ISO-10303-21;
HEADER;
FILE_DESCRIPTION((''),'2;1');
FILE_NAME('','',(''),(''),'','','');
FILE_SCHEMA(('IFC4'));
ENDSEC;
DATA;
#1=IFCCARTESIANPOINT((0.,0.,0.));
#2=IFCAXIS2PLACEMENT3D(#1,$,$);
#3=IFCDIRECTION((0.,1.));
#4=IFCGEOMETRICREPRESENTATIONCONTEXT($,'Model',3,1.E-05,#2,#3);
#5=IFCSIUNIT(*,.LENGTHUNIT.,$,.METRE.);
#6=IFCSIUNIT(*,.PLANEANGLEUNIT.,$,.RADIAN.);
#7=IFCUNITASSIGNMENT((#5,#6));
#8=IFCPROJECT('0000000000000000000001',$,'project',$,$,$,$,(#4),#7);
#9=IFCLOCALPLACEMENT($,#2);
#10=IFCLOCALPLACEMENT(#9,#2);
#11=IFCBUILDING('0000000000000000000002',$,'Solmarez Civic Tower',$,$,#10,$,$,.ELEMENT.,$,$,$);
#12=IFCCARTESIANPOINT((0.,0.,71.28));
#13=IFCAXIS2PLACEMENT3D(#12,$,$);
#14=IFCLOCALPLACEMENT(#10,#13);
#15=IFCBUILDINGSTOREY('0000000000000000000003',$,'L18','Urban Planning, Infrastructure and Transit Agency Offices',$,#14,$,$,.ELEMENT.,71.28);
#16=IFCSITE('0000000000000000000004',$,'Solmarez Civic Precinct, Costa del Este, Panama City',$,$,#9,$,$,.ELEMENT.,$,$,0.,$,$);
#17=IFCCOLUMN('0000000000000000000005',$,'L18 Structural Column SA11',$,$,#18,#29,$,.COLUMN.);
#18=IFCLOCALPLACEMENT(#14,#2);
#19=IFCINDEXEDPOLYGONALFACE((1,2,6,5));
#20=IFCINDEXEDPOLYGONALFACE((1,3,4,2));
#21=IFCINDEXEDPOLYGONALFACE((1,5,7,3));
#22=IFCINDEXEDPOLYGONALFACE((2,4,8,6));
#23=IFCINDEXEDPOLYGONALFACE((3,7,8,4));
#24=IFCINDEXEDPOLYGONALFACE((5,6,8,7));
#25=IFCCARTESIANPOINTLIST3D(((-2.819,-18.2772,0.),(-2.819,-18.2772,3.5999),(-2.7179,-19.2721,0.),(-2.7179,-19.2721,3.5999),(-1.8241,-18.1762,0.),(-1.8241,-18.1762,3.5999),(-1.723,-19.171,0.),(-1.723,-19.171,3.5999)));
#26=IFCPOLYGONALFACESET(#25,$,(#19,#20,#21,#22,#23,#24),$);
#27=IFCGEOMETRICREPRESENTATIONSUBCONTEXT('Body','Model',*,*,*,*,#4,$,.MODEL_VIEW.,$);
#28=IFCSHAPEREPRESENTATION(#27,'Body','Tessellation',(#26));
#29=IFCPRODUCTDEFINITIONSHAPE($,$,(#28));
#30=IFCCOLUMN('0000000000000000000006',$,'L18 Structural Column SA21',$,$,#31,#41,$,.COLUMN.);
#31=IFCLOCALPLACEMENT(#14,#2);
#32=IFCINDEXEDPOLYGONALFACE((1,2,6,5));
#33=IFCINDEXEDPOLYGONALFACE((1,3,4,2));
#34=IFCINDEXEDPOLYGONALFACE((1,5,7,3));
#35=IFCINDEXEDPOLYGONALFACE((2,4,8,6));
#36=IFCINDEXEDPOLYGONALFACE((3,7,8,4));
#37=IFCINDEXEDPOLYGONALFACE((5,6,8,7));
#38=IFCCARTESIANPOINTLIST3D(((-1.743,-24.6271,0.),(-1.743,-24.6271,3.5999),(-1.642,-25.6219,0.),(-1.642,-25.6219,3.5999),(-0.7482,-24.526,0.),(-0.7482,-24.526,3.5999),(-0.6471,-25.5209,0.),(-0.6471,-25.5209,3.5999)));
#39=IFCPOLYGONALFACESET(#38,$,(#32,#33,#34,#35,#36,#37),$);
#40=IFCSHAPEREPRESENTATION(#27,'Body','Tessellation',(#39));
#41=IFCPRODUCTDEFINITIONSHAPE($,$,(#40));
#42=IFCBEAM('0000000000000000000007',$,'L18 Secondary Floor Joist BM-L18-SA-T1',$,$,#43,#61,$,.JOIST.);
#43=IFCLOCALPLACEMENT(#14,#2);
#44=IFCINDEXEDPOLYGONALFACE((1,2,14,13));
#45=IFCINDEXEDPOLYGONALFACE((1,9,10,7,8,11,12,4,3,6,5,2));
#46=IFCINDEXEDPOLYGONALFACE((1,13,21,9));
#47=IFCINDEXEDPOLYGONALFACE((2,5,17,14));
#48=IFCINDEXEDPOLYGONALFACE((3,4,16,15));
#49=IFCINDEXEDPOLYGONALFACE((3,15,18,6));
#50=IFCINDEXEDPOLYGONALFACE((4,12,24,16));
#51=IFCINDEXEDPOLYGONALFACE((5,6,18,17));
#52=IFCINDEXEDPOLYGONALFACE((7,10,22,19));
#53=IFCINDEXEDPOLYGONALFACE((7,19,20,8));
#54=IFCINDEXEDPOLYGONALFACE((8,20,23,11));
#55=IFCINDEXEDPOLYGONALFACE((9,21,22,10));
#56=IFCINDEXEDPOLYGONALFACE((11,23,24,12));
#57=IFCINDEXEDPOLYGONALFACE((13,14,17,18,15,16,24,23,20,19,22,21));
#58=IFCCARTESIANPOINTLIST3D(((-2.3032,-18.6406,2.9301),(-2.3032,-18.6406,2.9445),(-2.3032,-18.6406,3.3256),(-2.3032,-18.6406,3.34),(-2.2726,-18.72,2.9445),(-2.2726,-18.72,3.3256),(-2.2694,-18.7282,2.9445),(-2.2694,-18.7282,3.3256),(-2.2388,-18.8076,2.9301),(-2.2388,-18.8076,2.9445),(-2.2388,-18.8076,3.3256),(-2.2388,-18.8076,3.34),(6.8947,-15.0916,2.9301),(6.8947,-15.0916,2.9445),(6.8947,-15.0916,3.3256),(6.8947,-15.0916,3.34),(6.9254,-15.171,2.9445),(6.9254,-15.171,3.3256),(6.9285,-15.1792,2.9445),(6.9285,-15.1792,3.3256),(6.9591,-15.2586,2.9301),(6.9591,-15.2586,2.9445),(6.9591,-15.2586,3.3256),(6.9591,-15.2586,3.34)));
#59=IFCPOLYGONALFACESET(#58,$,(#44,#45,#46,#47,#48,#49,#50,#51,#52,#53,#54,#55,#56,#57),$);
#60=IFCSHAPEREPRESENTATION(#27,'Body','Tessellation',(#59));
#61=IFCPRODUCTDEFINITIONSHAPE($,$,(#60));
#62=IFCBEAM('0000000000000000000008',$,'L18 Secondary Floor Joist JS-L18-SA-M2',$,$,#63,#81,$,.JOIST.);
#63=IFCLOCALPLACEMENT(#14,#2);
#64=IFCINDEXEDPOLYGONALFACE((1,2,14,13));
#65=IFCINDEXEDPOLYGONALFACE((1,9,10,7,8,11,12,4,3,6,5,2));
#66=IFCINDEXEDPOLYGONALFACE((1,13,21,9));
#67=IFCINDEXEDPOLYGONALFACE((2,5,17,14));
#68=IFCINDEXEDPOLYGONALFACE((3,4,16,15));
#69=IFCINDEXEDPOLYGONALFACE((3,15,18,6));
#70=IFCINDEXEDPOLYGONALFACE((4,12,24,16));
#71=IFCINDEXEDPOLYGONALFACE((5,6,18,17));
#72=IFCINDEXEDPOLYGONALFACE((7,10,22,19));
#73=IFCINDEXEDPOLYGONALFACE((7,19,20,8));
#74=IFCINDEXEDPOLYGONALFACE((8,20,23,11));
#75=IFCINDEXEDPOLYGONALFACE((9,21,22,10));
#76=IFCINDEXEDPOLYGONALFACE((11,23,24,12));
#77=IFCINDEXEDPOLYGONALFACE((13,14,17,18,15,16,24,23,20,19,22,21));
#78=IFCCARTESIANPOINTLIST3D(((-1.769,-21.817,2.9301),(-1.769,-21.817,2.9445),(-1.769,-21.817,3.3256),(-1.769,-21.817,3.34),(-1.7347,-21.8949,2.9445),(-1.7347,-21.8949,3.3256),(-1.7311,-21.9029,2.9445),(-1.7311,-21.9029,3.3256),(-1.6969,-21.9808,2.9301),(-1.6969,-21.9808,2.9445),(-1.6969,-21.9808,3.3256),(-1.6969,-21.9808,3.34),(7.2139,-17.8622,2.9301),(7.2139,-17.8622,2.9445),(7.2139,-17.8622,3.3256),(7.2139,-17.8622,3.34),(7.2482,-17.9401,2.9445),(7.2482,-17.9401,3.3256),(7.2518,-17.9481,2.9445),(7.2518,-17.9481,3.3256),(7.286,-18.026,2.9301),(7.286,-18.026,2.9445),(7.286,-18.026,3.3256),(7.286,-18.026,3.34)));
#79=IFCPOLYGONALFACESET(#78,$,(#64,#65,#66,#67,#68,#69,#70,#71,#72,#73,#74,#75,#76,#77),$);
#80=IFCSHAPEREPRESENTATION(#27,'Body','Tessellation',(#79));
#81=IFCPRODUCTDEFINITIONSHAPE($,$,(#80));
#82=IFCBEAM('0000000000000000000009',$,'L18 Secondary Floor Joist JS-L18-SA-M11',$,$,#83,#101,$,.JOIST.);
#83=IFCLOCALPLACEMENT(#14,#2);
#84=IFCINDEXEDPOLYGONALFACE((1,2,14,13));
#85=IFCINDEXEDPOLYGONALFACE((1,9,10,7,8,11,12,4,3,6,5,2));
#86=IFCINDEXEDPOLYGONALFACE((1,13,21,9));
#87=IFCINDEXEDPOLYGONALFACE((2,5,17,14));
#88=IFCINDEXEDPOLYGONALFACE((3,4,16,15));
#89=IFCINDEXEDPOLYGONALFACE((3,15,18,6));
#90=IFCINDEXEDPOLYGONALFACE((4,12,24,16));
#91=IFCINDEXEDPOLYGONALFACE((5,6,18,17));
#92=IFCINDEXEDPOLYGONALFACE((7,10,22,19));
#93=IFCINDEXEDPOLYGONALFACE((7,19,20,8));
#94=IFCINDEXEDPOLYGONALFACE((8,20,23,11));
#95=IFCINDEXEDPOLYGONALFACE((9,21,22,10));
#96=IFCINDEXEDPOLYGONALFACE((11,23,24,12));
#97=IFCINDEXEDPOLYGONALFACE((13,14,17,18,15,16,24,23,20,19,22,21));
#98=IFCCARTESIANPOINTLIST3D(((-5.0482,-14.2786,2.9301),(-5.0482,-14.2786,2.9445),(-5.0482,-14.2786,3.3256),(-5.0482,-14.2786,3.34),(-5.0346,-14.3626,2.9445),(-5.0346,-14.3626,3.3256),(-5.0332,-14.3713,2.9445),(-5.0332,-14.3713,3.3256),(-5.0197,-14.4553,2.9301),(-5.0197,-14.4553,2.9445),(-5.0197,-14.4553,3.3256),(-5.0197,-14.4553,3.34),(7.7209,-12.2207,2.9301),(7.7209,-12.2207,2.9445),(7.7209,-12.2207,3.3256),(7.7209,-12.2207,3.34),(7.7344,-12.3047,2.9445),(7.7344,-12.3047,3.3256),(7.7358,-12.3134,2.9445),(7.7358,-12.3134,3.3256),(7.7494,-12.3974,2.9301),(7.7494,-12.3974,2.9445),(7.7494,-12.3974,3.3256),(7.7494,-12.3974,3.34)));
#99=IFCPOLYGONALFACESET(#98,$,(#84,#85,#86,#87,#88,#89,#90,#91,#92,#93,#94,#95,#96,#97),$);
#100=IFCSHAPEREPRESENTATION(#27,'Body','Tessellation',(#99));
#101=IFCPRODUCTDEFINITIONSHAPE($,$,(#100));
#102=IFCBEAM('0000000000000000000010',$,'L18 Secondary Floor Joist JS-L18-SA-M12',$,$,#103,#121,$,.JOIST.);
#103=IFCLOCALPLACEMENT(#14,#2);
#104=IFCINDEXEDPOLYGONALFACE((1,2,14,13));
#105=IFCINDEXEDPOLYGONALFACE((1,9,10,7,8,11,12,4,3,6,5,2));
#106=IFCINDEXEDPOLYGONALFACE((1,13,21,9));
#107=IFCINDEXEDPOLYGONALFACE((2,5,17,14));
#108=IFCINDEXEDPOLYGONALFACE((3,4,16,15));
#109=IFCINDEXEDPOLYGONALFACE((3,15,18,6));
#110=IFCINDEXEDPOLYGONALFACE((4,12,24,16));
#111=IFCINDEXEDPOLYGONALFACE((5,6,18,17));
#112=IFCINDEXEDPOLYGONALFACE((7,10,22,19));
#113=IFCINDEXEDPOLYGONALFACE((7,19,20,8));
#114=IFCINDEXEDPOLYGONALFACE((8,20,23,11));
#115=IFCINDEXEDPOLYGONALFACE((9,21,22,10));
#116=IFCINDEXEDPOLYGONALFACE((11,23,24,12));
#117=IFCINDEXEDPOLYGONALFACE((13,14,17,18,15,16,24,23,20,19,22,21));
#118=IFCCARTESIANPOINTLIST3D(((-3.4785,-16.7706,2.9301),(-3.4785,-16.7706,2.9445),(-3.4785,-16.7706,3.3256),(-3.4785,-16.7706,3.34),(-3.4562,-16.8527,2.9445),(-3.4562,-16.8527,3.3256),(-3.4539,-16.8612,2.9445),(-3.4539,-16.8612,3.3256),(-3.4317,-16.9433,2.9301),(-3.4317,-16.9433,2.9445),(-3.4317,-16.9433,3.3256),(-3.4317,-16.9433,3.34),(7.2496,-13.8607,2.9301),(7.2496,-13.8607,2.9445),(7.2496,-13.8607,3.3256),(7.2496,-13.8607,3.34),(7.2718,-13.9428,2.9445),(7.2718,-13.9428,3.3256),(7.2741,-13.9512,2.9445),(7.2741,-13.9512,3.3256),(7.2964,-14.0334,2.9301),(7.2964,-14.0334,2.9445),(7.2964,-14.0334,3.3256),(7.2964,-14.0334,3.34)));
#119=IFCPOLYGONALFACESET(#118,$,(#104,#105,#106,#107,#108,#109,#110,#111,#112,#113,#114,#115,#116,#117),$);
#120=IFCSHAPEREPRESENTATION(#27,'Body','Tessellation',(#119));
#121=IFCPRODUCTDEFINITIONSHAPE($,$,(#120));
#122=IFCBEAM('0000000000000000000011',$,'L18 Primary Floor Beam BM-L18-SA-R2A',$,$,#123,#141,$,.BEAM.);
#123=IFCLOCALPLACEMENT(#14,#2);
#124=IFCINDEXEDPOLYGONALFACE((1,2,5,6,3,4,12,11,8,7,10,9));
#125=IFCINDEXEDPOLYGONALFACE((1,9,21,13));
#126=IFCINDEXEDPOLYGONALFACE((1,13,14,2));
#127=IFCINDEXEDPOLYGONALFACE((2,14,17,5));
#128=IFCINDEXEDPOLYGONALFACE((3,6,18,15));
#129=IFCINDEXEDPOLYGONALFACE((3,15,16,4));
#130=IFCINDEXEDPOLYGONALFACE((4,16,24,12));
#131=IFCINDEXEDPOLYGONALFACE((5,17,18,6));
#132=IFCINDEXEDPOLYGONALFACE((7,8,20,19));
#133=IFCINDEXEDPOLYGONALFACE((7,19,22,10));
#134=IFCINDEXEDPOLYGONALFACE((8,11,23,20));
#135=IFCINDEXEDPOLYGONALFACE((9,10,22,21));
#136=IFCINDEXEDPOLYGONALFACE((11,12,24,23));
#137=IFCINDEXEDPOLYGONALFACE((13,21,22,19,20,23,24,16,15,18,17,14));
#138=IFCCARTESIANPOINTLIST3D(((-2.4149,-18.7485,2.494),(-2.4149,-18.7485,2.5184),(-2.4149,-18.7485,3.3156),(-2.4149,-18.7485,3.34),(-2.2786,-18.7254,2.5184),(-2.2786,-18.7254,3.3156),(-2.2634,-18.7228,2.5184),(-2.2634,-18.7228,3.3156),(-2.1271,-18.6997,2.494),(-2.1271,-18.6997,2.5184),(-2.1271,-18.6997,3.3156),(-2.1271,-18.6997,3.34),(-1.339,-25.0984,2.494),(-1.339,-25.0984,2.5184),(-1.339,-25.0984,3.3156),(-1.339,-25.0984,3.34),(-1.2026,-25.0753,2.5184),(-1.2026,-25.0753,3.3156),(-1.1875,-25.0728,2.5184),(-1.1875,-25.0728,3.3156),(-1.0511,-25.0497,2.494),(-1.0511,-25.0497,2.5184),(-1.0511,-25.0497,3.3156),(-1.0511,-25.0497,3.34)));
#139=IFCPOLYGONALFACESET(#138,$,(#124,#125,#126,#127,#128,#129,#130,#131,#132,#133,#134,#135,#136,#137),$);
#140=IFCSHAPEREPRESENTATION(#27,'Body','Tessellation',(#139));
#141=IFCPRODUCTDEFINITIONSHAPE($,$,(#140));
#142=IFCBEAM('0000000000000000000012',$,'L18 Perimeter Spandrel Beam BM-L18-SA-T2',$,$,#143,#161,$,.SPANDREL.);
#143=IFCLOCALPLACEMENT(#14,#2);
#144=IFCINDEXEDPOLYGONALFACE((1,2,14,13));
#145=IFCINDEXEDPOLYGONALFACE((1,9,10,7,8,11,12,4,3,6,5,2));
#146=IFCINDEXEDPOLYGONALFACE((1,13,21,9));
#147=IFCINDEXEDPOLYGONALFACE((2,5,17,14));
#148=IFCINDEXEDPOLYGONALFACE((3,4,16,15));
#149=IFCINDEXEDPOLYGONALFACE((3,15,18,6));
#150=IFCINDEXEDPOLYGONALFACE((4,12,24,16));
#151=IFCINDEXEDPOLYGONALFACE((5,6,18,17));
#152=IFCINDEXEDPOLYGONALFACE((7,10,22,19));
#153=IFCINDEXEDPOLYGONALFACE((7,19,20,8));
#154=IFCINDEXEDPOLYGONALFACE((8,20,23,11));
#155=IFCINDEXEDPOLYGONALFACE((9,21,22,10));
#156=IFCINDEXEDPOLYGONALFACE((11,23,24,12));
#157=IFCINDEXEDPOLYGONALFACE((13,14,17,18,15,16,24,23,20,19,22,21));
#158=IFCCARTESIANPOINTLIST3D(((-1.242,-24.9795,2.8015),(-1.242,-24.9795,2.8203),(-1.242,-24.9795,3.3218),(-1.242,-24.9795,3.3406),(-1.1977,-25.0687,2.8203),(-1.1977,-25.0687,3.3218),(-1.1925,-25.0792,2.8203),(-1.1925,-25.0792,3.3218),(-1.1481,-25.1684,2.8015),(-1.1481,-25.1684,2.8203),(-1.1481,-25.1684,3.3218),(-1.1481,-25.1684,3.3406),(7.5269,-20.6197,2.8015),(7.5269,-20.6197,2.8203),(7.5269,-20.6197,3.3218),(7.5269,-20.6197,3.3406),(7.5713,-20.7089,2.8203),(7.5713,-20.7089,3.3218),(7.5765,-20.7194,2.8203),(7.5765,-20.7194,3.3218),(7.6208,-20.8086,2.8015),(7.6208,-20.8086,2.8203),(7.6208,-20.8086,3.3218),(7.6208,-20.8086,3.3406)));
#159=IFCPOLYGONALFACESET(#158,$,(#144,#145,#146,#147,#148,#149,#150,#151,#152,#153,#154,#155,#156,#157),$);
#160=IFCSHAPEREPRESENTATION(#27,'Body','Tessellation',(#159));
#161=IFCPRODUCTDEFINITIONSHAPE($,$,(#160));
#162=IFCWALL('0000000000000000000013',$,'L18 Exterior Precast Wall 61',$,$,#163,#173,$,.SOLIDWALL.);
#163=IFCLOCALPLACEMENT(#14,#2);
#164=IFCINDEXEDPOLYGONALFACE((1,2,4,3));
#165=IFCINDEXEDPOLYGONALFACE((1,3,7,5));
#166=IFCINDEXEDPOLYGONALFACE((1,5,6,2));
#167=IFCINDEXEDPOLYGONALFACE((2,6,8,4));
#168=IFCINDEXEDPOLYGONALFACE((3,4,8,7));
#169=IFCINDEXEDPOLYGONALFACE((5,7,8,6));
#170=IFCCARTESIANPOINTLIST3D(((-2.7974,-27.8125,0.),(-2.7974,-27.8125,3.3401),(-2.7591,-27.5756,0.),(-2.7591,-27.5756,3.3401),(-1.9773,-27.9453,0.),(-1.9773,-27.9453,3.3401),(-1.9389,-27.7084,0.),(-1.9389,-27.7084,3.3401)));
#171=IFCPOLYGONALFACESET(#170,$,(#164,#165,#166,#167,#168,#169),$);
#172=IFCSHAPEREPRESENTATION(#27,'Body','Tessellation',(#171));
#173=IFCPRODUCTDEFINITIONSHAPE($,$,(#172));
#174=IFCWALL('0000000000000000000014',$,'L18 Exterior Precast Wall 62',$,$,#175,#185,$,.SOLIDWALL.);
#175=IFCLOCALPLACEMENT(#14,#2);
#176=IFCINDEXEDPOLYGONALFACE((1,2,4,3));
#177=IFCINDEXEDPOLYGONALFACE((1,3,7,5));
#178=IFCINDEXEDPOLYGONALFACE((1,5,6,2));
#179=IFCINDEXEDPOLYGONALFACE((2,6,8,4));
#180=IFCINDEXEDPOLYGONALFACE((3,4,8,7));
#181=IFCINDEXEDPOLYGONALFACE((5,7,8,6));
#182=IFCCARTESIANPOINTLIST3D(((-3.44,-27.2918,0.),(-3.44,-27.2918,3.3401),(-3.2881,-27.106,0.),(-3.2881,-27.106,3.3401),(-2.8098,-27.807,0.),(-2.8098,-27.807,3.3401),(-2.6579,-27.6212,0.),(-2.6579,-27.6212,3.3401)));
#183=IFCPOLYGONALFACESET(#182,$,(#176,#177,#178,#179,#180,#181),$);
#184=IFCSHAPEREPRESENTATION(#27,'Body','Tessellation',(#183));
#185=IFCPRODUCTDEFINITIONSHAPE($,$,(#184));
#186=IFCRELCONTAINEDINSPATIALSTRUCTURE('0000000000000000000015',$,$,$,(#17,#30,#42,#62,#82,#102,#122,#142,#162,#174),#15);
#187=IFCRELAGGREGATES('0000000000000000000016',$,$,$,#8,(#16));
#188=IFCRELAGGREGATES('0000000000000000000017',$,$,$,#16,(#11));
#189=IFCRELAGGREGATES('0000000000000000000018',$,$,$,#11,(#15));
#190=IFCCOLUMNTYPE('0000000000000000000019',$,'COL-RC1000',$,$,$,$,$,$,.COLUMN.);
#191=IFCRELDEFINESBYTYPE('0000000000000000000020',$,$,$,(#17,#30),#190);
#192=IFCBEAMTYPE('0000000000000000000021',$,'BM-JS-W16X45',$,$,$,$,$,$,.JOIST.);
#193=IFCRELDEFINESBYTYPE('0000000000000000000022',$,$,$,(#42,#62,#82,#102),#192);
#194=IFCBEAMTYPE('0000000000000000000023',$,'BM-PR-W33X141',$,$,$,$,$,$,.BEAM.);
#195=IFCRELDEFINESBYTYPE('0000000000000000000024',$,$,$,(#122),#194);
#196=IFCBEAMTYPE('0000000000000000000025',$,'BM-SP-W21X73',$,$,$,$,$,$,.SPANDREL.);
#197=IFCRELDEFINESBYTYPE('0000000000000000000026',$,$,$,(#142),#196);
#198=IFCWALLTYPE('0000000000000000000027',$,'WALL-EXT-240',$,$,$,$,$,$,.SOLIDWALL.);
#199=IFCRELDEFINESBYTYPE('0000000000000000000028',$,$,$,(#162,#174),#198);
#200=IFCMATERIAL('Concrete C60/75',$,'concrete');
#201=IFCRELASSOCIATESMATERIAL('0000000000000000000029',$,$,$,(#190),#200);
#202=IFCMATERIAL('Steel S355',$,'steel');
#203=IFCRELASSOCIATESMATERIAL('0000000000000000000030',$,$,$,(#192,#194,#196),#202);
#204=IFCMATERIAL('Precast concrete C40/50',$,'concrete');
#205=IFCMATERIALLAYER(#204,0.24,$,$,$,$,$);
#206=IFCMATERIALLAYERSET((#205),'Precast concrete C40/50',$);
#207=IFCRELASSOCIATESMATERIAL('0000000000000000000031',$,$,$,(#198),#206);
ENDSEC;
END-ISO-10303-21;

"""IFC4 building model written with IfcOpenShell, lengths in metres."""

from ifc_helpers import new_model, si_unit, direction, frame, frame_2d, origin, origin_2d, place, context, subcontext, project, spatial, rectangle, i_section, extrude, material, layer, layer_set, material_profile, profile_set, type_object, element, save


model = new_model("IFC4")

# Units and contexts
model_context = context("Model", 3, precision=1e-05, world=origin(), true_north=direction((0.0, 1.0)))
body_context = subcontext(model_context, "Body", "Model", "MODEL_VIEW")
ifc_project = project(units=[si_unit("LENGTHUNIT", "METRE"), si_unit("PLANEANGLEUNIT", "RADIAN")], contexts=[model_context])

# Site, building, storey
site_placement = place(None, origin())
site = spatial("IfcSite", under=ifc_project, at=site_placement, Name="Solmarez Civic Precinct, Costa del Este, Panama City", CompositionType="ELEMENT", RefElevation=0.0)
building_placement = place(site_placement, origin())
building = spatial("IfcBuilding", under=site, at=building_placement, Name="Solmarez Civic Tower", CompositionType="ELEMENT")
storey_placement = place(building_placement, frame((0.0, 0.0, 71.28)))
storey = spatial("IfcBuildingStorey", under=building, at=storey_placement, Name="L18", Description="Urban Planning, Infrastructure and Transit Agency Offices", CompositionType="ELEMENT", Elevation=71.28)

# Columns
ifc_material_1 = material(Name="Concrete C60/75", Category="concrete")
ifc_material_profile_1 = material_profile(ifc_material_1, rectangle(XDim=1.0, YDim=1.0, at=origin_2d()), Name="RC1000X1000")
ifc_profile_set_1 = profile_set([ifc_material_profile_1], Name="Concrete C60/75")
column_type = type_object("IfcColumnType", Name="COL-RC1000", PredefinedType="COLUMN", material=ifc_profile_set_1)
for number, where, z_axis, x_axis, name in (
    (1, (-2.271, -18.7241, 0.0), (0.0, 0.0, 1.0), (0.994881, 0.101056, 0.0), "L18 Structural Column SA11"),
    (2, (-1.1951, -25.074, 0.0), (0.0, 0.0, 1.0), (0.994881, 0.101056, 0.0), "L18 Structural Column SA21"),
):
    element("IfcColumn", number, at=place(storey_placement, frame(where, z_axis=z_axis, x_axis=x_axis)), inside=storey, type_object=column_type, Name=name, PredefinedType="COLUMN", context=body_context, shape_type="SweptSolid", body=[
        extrude(rectangle(XDim=1.0, YDim=1.0, at=origin_2d()), origin(), (0.0, 0.0, 1.0), 3.5999),
    ])

# Beams
ifc_material_2 = material(Name="Steel S355", Category="steel")
ifc_material_profile_2 = material_profile(ifc_material_2, i_section(OverallWidth=0.179, OverallDepth=0.4099, WebThickness=0.0088, FlangeThickness=0.0144, at=origin_2d()), Name="W16X45")
ifc_profile_set_2 = profile_set([ifc_material_profile_2], Name="Steel S355")
beam_type_1 = type_object("IfcBeamType", Name="BM-JS-W16X45", PredefinedType="JOIST", material=ifc_profile_set_2)
beam_1_placement = place(storey_placement, frame((-2.271, -18.7241, 3.135), z_axis=(0.932958, 0.359984, 0.0), x_axis=(-0.359984, 0.932958, 0.0)))
element("IfcBeam", 3, at=beam_1_placement, inside=storey, type_object=beam_type_1, Name="L18 Secondary Floor Joist BM-L18-SA-T1", PredefinedType="JOIST", context=body_context, shape_type="SweptSolid", body=[
    extrude(i_section(OverallWidth=0.179, OverallDepth=0.4099, WebThickness=0.0088, FlangeThickness=0.0144, at=origin_2d()), origin(), (0.0, 0.0, 1.0), 9.8589),
])
beam_2_placement = place(storey_placement, frame((-1.7329, -21.8989, 3.135), z_axis=(0.915227, 0.402939, 0.0), x_axis=(-0.402939, 0.915227, 0.0)))
element("IfcBeam", 4, at=beam_2_placement, inside=storey, type_object=beam_type_1, Name="L18 Secondary Floor Joist JS-L18-SA-M2", PredefinedType="JOIST", context=body_context, shape_type="SweptSolid", body=[
    extrude(i_section(OverallWidth=0.179, OverallDepth=0.4099, WebThickness=0.0088, FlangeThickness=0.0144, at=origin_2d()), origin(), (0.0, 0.0, 1.0), 9.8149),
])
beam_3_placement = place(storey_placement, frame((-5.0339, -14.3669, 3.135), z_axis=(0.987261, 0.159107, 0.0), x_axis=(-0.159107, 0.987261, 0.0)))
element("IfcBeam", 5, at=beam_3_placement, inside=storey, type_object=beam_type_1, Name="L18 Secondary Floor Joist JS-L18-SA-M11", PredefinedType="JOIST", context=body_context, shape_type="SweptSolid", body=[
    extrude(i_section(OverallWidth=0.179, OverallDepth=0.4099, WebThickness=0.0088, FlangeThickness=0.0144, at=origin_2d()), origin(), (0.0, 0.0, 1.0), 12.9338),
])
beam_4_placement = place(storey_placement, frame((-3.4551, -16.8569, 3.135), z_axis=(0.965126, 0.261785, 0.0), x_axis=(-0.261785, 0.965126, 0.0)))
element("IfcBeam", 6, at=beam_4_placement, inside=storey, type_object=beam_type_1, Name="L18 Secondary Floor Joist JS-L18-SA-M12", PredefinedType="JOIST", context=body_context, shape_type="SweptSolid", body=[
    extrude(i_section(OverallWidth=0.179, OverallDepth=0.4099, WebThickness=0.0088, FlangeThickness=0.0144, at=origin_2d()), origin(), (0.0, 0.0, 1.0), 11.1157),
])
ifc_material_profile_3 = material_profile(ifc_material_2, i_section(OverallWidth=0.292, OverallDepth=0.8459, WebThickness=0.0154, FlangeThickness=0.0244, at=origin_2d()), Name="W33X141")
ifc_profile_set_3 = profile_set([ifc_material_profile_3], Name="Steel S355")
beam_type_2 = type_object("IfcBeamType", Name="BM-PR-W33X141", PredefinedType="BEAM", material=ifc_profile_set_3)
beam_5_placement = place(storey_placement, frame((-2.271, -18.7241, 2.917), z_axis=(0.16706, -0.985947, 0.0), x_axis=(0.985947, 0.16706, 0.0)))
element("IfcBeam", 7, at=beam_5_placement, inside=storey, type_object=beam_type_2, Name="L18 Primary Floor Beam BM-L18-SA-R2A", PredefinedType="BEAM", context=body_context, shape_type="SweptSolid", body=[
    extrude(i_section(OverallWidth=0.292, OverallDepth=0.8459, WebThickness=0.0154, FlangeThickness=0.0244, at=origin_2d()), origin(), (0.0, 0.0, 1.0), 6.4404),
])
ifc_material_profile_4 = material_profile(ifc_material_2, i_section(OverallWidth=0.2109, OverallDepth=0.5391, WebThickness=0.0117, FlangeThickness=0.0188, at=origin_2d()), Name="W21X73")
ifc_profile_set_4 = profile_set([ifc_material_profile_4], Name="Steel S355")
beam_type_3 = type_object("IfcBeamType", Name="BM-SP-W21X73", PredefinedType="SPANDREL", material=ifc_profile_set_4)
beam_6_placement = place(storey_placement, frame((-1.1951, -25.074, 3.071), z_axis=(0.895432, 0.445198, 0.0), x_axis=(-0.445198, 0.895432, 0.0)))
element("IfcBeam", 8, at=beam_6_placement, inside=storey, type_object=beam_type_3, Name="L18 Perimeter Spandrel Beam BM-L18-SA-T2", PredefinedType="SPANDREL", context=body_context, shape_type="SweptSolid", body=[
    extrude(i_section(OverallWidth=0.2109, OverallDepth=0.5391, WebThickness=0.0117, FlangeThickness=0.0188, at=origin_2d()), origin(), (0.0, 0.0, 1.0), 9.793),
])

# Walls
ifc_material_3 = material(Name="Precast concrete C40/50", Category="concrete")
ifc_layer_1 = layer(ifc_material_3, 0.24)
ifc_layer_set_1 = layer_set([ifc_layer_1], Name="Precast concrete C40/50")
wall_type_1 = type_object("IfcWallType", Name="WALL-EXT-240", PredefinedType="SOLIDWALL", material=ifc_layer_set_1)
wall_1_placement = place(storey_placement, frame((-1.958, -27.8269, 0.0), z_axis=(0.0, 0.0, 1.0), x_axis=(-0.987138, 0.15987, 0.0)))
element("IfcWall", 9, at=wall_1_placement, inside=storey, type_object=wall_type_1, Name="L18 Exterior Precast Wall 61", PredefinedType="SOLIDWALL", context=body_context, shape_type="SweptSolid", body=[
    extrude(rectangle(XDim=0.8308, YDim=0.24, at=frame_2d((0.4155, 0.0))), origin(), (0.0, 0.0, 1.0), 3.3401),
])
wall_2_placement = place(storey_placement, frame((-2.7339, -27.7141, 0.0), z_axis=(0.0, 0.0, 1.0), x_axis=(-0.774211, 0.632927, 0.0)))
element("IfcWall", 10, at=wall_2_placement, inside=storey, type_object=wall_type_1, Name="L18 Exterior Precast Wall 62", PredefinedType="SOLIDWALL", context=body_context, shape_type="SweptSolid", body=[
    extrude(rectangle(XDim=0.814, YDim=0.24, at=frame_2d((0.407, 0.0))), origin(), (0.0, 0.0, 1.0), 3.3401),
])

save(model, "model.ifc")
